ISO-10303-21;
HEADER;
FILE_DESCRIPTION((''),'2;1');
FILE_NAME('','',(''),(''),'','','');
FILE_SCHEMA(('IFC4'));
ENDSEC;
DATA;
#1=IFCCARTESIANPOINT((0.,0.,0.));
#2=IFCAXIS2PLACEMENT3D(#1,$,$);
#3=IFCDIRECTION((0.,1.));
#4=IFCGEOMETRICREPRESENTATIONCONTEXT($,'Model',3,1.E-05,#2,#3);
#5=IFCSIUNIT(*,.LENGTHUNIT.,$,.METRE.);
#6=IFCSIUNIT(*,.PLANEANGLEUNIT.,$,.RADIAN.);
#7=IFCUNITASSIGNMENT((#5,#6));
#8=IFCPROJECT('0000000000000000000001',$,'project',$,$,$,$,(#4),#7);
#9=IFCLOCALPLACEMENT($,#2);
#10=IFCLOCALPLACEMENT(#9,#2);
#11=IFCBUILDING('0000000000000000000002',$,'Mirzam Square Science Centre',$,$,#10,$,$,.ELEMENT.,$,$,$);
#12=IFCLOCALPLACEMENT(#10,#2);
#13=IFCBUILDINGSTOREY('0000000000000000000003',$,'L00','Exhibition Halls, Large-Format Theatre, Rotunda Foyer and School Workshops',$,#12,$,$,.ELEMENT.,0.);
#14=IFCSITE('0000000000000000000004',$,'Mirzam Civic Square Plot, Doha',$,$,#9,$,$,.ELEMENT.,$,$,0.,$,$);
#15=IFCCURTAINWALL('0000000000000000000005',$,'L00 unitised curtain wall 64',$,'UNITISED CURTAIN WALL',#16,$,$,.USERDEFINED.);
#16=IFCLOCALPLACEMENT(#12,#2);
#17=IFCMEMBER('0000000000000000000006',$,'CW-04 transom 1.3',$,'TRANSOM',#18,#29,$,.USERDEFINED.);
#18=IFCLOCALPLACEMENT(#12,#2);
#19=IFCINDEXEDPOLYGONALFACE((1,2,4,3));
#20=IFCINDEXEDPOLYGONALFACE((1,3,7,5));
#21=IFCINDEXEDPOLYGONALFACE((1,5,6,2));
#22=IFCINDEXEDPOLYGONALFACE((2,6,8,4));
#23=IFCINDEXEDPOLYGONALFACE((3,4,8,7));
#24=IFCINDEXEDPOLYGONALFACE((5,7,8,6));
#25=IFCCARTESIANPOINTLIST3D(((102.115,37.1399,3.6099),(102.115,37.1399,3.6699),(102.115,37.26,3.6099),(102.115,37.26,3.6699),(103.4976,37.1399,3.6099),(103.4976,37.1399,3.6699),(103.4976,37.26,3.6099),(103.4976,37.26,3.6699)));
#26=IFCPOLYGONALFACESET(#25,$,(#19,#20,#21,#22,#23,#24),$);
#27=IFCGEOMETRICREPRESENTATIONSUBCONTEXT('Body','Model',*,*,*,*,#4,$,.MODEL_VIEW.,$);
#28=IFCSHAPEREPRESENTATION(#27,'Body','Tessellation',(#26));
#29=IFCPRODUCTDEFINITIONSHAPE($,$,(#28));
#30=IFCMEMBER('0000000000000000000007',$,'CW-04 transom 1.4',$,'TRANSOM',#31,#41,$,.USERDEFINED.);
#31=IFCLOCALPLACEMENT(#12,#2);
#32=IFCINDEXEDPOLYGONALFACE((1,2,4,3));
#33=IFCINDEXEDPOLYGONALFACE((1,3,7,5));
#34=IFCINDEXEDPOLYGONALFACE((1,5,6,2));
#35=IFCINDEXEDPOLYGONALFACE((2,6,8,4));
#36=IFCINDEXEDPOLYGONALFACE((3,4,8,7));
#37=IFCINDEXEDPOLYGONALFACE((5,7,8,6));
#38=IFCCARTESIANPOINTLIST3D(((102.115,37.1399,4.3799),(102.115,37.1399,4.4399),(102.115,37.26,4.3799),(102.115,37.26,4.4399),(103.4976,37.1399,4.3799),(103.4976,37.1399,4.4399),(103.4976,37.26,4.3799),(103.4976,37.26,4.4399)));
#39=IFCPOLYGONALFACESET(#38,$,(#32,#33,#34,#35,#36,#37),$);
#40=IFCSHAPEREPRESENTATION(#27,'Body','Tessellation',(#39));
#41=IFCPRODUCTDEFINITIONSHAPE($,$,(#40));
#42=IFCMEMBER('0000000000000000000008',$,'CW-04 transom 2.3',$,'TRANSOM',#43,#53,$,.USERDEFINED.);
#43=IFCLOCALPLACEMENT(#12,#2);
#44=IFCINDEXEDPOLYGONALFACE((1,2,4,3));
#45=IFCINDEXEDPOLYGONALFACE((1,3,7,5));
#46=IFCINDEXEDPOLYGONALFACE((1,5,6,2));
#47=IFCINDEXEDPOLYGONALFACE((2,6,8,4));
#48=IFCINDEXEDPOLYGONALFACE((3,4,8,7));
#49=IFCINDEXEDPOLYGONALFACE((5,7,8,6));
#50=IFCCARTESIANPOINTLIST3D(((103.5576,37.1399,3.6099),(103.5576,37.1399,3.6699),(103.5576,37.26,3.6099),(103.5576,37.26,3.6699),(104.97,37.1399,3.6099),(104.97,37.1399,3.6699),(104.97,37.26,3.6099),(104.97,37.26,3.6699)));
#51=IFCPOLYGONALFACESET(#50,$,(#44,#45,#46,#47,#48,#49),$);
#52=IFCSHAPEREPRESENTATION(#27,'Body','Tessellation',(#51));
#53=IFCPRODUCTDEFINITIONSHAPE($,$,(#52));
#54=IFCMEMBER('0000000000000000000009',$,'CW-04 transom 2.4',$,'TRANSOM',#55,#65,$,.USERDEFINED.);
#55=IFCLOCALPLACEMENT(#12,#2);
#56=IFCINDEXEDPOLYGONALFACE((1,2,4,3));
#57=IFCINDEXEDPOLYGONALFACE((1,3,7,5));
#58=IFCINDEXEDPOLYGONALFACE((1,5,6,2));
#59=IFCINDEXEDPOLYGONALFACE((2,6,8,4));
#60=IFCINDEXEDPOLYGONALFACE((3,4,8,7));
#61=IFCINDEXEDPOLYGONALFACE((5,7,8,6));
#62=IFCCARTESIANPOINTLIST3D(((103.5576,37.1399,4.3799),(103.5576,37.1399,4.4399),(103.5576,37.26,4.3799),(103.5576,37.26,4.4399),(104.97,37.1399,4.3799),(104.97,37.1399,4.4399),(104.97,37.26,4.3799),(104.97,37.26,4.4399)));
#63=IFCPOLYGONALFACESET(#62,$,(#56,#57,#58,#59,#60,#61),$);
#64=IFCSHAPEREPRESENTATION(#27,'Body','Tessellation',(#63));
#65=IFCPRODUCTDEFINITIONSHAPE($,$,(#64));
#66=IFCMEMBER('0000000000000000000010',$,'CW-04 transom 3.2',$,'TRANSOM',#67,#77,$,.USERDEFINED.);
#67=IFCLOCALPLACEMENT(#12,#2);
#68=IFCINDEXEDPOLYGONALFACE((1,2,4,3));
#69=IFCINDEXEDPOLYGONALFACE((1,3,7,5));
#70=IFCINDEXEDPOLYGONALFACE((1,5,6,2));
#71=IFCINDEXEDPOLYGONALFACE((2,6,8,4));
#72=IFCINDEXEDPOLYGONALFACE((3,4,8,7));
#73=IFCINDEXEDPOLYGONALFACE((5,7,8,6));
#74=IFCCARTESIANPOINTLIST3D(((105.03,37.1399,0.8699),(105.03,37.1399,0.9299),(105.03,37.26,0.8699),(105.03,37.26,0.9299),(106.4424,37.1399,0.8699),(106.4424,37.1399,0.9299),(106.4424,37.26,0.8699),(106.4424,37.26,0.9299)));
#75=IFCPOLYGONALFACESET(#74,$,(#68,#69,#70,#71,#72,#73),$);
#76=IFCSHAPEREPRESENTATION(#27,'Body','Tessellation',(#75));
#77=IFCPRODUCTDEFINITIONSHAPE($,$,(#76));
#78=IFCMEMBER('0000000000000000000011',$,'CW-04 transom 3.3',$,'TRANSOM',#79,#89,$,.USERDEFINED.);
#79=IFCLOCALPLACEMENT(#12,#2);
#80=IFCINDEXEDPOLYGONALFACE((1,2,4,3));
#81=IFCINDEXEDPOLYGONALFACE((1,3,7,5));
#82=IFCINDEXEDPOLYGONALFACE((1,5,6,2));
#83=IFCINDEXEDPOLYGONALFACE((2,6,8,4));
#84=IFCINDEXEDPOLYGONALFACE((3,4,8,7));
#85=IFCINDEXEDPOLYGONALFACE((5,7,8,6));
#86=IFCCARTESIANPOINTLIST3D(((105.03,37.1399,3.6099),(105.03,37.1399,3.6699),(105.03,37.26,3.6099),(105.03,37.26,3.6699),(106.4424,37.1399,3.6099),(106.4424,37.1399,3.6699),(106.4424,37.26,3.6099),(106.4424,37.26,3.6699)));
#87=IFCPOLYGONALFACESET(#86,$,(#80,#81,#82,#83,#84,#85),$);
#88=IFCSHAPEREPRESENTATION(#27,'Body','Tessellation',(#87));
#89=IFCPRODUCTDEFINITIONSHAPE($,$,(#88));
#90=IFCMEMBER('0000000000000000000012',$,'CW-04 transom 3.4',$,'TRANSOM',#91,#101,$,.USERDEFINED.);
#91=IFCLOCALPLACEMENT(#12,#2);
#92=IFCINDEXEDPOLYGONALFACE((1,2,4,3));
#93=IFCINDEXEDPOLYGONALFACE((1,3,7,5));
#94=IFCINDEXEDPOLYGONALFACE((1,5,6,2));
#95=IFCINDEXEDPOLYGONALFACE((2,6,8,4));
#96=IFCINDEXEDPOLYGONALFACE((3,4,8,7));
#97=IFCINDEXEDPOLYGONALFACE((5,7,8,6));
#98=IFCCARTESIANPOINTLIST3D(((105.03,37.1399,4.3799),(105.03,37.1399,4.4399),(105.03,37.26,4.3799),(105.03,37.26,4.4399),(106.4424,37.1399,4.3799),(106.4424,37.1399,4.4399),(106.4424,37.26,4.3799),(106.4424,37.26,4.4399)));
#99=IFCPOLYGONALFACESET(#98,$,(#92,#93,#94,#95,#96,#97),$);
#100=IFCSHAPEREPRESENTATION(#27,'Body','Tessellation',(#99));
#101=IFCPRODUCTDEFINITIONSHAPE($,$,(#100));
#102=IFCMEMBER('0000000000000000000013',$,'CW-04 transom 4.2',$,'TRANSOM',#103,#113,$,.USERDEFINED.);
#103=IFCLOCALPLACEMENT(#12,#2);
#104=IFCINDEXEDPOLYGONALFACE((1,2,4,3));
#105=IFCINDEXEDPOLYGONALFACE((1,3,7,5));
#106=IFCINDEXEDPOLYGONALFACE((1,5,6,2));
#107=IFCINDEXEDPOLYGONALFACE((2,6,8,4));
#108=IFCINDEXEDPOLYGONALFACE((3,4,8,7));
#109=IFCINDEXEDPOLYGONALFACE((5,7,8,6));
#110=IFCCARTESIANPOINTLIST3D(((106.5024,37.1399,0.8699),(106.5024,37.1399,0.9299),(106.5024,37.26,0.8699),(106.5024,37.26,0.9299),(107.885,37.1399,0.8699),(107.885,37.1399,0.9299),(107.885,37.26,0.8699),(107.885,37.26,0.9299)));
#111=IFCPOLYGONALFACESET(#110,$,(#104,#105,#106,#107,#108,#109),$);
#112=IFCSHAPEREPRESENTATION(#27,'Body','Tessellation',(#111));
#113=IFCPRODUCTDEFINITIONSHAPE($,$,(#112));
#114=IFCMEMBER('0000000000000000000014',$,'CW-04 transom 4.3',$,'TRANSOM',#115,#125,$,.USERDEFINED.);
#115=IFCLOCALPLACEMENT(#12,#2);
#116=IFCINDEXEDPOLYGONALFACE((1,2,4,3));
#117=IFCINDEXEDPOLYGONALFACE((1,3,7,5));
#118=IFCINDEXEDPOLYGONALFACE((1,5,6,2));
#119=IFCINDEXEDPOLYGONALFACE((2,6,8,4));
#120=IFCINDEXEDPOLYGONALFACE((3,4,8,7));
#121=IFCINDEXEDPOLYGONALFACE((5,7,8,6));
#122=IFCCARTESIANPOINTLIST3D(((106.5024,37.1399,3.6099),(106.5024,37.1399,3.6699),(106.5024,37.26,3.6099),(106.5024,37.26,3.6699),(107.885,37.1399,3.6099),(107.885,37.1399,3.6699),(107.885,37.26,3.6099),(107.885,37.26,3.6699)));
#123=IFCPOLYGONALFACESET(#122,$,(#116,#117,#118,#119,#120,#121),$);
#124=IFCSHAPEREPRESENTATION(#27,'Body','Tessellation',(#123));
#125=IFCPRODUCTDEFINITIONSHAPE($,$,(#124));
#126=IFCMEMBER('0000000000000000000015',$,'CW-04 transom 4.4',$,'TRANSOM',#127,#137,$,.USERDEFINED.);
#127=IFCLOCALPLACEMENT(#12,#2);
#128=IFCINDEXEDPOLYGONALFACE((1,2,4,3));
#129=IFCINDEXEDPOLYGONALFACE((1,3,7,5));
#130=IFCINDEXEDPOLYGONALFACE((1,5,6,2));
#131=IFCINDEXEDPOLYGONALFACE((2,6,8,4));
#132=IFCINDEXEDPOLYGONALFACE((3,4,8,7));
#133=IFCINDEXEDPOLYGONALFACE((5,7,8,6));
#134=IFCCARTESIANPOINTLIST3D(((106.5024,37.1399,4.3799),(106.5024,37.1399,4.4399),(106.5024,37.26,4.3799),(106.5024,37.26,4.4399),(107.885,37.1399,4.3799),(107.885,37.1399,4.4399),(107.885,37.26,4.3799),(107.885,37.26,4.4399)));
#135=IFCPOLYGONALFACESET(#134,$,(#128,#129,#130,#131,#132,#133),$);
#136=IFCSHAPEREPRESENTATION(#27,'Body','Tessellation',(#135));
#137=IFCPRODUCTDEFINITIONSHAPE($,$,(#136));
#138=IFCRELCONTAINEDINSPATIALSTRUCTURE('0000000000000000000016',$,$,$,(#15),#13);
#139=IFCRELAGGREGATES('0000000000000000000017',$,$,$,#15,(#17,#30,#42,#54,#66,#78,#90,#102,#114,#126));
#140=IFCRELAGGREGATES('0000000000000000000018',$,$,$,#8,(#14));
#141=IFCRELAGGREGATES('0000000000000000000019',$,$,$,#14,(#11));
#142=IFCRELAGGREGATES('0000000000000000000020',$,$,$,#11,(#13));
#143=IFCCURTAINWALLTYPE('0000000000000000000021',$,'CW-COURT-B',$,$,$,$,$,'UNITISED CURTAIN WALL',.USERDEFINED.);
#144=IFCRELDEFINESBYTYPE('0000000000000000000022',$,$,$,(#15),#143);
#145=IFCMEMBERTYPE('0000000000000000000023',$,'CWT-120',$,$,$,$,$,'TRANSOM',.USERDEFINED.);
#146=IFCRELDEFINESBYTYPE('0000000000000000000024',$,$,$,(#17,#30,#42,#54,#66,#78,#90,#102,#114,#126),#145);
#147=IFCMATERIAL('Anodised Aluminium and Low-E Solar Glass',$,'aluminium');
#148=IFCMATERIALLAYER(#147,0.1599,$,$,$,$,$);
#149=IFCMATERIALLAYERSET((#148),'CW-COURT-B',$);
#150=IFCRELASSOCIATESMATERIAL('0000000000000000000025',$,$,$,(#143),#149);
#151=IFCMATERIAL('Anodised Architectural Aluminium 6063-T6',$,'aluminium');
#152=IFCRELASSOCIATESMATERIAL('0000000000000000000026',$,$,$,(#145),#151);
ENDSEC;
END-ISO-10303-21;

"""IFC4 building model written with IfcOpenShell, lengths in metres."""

from ifc_helpers import new_model, si_unit, direction, frame, origin, origin_2d, place, context, subcontext, project, spatial, rectangle, extrude, material, layer, layer_set, material_profile, profile_set, type_object, element, aggregate, save


model = new_model("IFC4")

# Units and contexts
model_context = context("Model", 3, precision=1e-05, world=origin(), true_north=direction((0.0, 1.0)))
body_context = subcontext(model_context, "Body", "Model", "MODEL_VIEW")
ifc_project = project(units=[si_unit("LENGTHUNIT", "METRE"), si_unit("PLANEANGLEUNIT", "RADIAN")], contexts=[model_context])

# Site, building, storey
site_placement = place(None, origin())
site = spatial("IfcSite", under=ifc_project, at=site_placement, Name="Mirzam Civic Square Plot, Doha", CompositionType="ELEMENT", RefElevation=0.0)
building_placement = place(site_placement, origin())
building = spatial("IfcBuilding", under=site, at=building_placement, Name="Mirzam Square Science Centre", CompositionType="ELEMENT")
storey_placement = place(building_placement, origin())
storey = spatial("IfcBuildingStorey", under=building, at=storey_placement, Name="L00", Description="Exhibition Halls, Large-Format Theatre, Rotunda Foyer and School Workshops", CompositionType="ELEMENT", Elevation=0.0)

# Curtain wall, members
ifc_material_1 = material(Name="Anodised Aluminium and Low-E Solar Glass", Category="aluminium")
ifc_layer_1 = layer(ifc_material_1, 0.1599)
ifc_layer_set_1 = layer_set([ifc_layer_1], Name="CW-COURT-B")
curtain_wall_type = type_object("IfcCurtainWallType", Name="CW-COURT-B", ElementType="UNITISED CURTAIN WALL", PredefinedType="USERDEFINED", material=ifc_layer_set_1)
curtain_wall_placement = place(storey_placement, origin())
curtain_wall = element("IfcCurtainWall", 1, at=curtain_wall_placement, inside=storey, type_object=curtain_wall_type, Name="L00 unitised curtain wall 64", ObjectType="UNITISED CURTAIN WALL", PredefinedType="USERDEFINED")
ifc_material_2 = material(Name="Anodised Architectural Aluminium 6063-T6", Category="aluminium")
ifc_material_profile_1 = material_profile(ifc_material_2, rectangle(XDim=0.1201, YDim=0.0601, at=origin_2d()), Name="ALU-TRAN-120x60x4")
ifc_profile_set_1 = profile_set([ifc_material_profile_1], Name="Anodised Architectural Aluminium 6063-T6")
member_type = type_object("IfcMemberType", Name="CWT-120", ElementType="TRANSOM", PredefinedType="USERDEFINED", material=ifc_profile_set_1)
member_1_placement = place(storey_placement, frame((102.115, 37.2, 3.6399), z_axis=(1.0, 0.0, 0.0), x_axis=(0.0, 1.0, 0.0)))
member_1 = element("IfcMember", 2, at=member_1_placement, type_object=member_type, Name="CW-04 transom 1.3", ObjectType="TRANSOM", PredefinedType="USERDEFINED", context=body_context, shape_type="SweptSolid", body=[
    extrude(rectangle(XDim=0.1201, YDim=0.0601, at=origin_2d()), origin(), (0.0, 0.0, 1.0), 1.3826),
])
member_2_placement = place(storey_placement, frame((102.115, 37.2, 4.4099), z_axis=(1.0, 0.0, 0.0), x_axis=(0.0, 1.0, 0.0)))
member_2 = element("IfcMember", 3, at=member_2_placement, type_object=member_type, Name="CW-04 transom 1.4", ObjectType="TRANSOM", PredefinedType="USERDEFINED", context=body_context, shape_type="SweptSolid", body=[
    extrude(rectangle(XDim=0.1201, YDim=0.0601, at=origin_2d()), origin(), (0.0, 0.0, 1.0), 1.3826),
])
member_3_placement = place(storey_placement, frame((103.5576, 37.2, 3.6399), z_axis=(1.0, 0.0, 0.0), x_axis=(0.0, 1.0, 0.0)))
member_3 = element("IfcMember", 4, at=member_3_placement, type_object=member_type, Name="CW-04 transom 2.3", ObjectType="TRANSOM", PredefinedType="USERDEFINED", context=body_context, shape_type="SweptSolid", body=[
    extrude(rectangle(XDim=0.1201, YDim=0.0601, at=origin_2d()), origin(), (0.0, 0.0, 1.0), 1.4124),
])
member_4_placement = place(storey_placement, frame((103.5576, 37.2, 4.4099), z_axis=(1.0, 0.0, 0.0), x_axis=(0.0, 1.0, 0.0)))
member_4 = element("IfcMember", 5, at=member_4_placement, type_object=member_type, Name="CW-04 transom 2.4", ObjectType="TRANSOM", PredefinedType="USERDEFINED", context=body_context, shape_type="SweptSolid", body=[
    extrude(rectangle(XDim=0.1201, YDim=0.0601, at=origin_2d()), origin(), (0.0, 0.0, 1.0), 1.4124),
])
member_5_placement = place(storey_placement, frame((105.03, 37.2, 0.8999), z_axis=(1.0, 0.0, 0.0), x_axis=(0.0, 1.0, 0.0)))
member_5 = element("IfcMember", 6, at=member_5_placement, type_object=member_type, Name="CW-04 transom 3.2", ObjectType="TRANSOM", PredefinedType="USERDEFINED", context=body_context, shape_type="SweptSolid", body=[
    extrude(rectangle(XDim=0.1201, YDim=0.0601, at=origin_2d()), origin(), (0.0, 0.0, 1.0), 1.4124),
])
member_6_placement = place(storey_placement, frame((105.03, 37.2, 3.6399), z_axis=(1.0, 0.0, 0.0), x_axis=(0.0, 1.0, 0.0)))
member_6 = element("IfcMember", 7, at=member_6_placement, type_object=member_type, Name="CW-04 transom 3.3", ObjectType="TRANSOM", PredefinedType="USERDEFINED", context=body_context, shape_type="SweptSolid", body=[
    extrude(rectangle(XDim=0.1201, YDim=0.0601, at=origin_2d()), origin(), (0.0, 0.0, 1.0), 1.4124),
])
member_7_placement = place(storey_placement, frame((105.03, 37.2, 4.4099), z_axis=(1.0, 0.0, 0.0), x_axis=(0.0, 1.0, 0.0)))
member_7 = element("IfcMember", 8, at=member_7_placement, type_object=member_type, Name="CW-04 transom 3.4", ObjectType="TRANSOM", PredefinedType="USERDEFINED", context=body_context, shape_type="SweptSolid", body=[
    extrude(rectangle(XDim=0.1201, YDim=0.0601, at=origin_2d()), origin(), (0.0, 0.0, 1.0), 1.4124),
])
member_8_placement = place(storey_placement, frame((106.5024, 37.2, 0.8999), z_axis=(1.0, 0.0, 0.0), x_axis=(0.0, 1.0, 0.0)))
member_8 = element("IfcMember", 9, at=member_8_placement, type_object=member_type, Name="CW-04 transom 4.2", ObjectType="TRANSOM", PredefinedType="USERDEFINED", context=body_context, shape_type="SweptSolid", body=[
    extrude(rectangle(XDim=0.1201, YDim=0.0601, at=origin_2d()), origin(), (0.0, 0.0, 1.0), 1.3826),
])
member_9_placement = place(storey_placement, frame((106.5024, 37.2, 3.6399), z_axis=(1.0, 0.0, 0.0), x_axis=(0.0, 1.0, 0.0)))
member_9 = element("IfcMember", 10, at=member_9_placement, type_object=member_type, Name="CW-04 transom 4.3", ObjectType="TRANSOM", PredefinedType="USERDEFINED", context=body_context, shape_type="SweptSolid", body=[
    extrude(rectangle(XDim=0.1201, YDim=0.0601, at=origin_2d()), origin(), (0.0, 0.0, 1.0), 1.3826),
])
member_10_placement = place(storey_placement, frame((106.5024, 37.2, 4.4099), z_axis=(1.0, 0.0, 0.0), x_axis=(0.0, 1.0, 0.0)))
member_10 = element("IfcMember", 11, at=member_10_placement, type_object=member_type, Name="CW-04 transom 4.4", ObjectType="TRANSOM", PredefinedType="USERDEFINED", context=body_context, shape_type="SweptSolid", body=[
    extrude(rectangle(XDim=0.1201, YDim=0.0601, at=origin_2d()), origin(), (0.0, 0.0, 1.0), 1.3826),
])

aggregate(curtain_wall, [member_1, member_2, member_3, member_4, member_5, member_6, member_7, member_8, member_9, member_10])

save(model, "model.ifc")
